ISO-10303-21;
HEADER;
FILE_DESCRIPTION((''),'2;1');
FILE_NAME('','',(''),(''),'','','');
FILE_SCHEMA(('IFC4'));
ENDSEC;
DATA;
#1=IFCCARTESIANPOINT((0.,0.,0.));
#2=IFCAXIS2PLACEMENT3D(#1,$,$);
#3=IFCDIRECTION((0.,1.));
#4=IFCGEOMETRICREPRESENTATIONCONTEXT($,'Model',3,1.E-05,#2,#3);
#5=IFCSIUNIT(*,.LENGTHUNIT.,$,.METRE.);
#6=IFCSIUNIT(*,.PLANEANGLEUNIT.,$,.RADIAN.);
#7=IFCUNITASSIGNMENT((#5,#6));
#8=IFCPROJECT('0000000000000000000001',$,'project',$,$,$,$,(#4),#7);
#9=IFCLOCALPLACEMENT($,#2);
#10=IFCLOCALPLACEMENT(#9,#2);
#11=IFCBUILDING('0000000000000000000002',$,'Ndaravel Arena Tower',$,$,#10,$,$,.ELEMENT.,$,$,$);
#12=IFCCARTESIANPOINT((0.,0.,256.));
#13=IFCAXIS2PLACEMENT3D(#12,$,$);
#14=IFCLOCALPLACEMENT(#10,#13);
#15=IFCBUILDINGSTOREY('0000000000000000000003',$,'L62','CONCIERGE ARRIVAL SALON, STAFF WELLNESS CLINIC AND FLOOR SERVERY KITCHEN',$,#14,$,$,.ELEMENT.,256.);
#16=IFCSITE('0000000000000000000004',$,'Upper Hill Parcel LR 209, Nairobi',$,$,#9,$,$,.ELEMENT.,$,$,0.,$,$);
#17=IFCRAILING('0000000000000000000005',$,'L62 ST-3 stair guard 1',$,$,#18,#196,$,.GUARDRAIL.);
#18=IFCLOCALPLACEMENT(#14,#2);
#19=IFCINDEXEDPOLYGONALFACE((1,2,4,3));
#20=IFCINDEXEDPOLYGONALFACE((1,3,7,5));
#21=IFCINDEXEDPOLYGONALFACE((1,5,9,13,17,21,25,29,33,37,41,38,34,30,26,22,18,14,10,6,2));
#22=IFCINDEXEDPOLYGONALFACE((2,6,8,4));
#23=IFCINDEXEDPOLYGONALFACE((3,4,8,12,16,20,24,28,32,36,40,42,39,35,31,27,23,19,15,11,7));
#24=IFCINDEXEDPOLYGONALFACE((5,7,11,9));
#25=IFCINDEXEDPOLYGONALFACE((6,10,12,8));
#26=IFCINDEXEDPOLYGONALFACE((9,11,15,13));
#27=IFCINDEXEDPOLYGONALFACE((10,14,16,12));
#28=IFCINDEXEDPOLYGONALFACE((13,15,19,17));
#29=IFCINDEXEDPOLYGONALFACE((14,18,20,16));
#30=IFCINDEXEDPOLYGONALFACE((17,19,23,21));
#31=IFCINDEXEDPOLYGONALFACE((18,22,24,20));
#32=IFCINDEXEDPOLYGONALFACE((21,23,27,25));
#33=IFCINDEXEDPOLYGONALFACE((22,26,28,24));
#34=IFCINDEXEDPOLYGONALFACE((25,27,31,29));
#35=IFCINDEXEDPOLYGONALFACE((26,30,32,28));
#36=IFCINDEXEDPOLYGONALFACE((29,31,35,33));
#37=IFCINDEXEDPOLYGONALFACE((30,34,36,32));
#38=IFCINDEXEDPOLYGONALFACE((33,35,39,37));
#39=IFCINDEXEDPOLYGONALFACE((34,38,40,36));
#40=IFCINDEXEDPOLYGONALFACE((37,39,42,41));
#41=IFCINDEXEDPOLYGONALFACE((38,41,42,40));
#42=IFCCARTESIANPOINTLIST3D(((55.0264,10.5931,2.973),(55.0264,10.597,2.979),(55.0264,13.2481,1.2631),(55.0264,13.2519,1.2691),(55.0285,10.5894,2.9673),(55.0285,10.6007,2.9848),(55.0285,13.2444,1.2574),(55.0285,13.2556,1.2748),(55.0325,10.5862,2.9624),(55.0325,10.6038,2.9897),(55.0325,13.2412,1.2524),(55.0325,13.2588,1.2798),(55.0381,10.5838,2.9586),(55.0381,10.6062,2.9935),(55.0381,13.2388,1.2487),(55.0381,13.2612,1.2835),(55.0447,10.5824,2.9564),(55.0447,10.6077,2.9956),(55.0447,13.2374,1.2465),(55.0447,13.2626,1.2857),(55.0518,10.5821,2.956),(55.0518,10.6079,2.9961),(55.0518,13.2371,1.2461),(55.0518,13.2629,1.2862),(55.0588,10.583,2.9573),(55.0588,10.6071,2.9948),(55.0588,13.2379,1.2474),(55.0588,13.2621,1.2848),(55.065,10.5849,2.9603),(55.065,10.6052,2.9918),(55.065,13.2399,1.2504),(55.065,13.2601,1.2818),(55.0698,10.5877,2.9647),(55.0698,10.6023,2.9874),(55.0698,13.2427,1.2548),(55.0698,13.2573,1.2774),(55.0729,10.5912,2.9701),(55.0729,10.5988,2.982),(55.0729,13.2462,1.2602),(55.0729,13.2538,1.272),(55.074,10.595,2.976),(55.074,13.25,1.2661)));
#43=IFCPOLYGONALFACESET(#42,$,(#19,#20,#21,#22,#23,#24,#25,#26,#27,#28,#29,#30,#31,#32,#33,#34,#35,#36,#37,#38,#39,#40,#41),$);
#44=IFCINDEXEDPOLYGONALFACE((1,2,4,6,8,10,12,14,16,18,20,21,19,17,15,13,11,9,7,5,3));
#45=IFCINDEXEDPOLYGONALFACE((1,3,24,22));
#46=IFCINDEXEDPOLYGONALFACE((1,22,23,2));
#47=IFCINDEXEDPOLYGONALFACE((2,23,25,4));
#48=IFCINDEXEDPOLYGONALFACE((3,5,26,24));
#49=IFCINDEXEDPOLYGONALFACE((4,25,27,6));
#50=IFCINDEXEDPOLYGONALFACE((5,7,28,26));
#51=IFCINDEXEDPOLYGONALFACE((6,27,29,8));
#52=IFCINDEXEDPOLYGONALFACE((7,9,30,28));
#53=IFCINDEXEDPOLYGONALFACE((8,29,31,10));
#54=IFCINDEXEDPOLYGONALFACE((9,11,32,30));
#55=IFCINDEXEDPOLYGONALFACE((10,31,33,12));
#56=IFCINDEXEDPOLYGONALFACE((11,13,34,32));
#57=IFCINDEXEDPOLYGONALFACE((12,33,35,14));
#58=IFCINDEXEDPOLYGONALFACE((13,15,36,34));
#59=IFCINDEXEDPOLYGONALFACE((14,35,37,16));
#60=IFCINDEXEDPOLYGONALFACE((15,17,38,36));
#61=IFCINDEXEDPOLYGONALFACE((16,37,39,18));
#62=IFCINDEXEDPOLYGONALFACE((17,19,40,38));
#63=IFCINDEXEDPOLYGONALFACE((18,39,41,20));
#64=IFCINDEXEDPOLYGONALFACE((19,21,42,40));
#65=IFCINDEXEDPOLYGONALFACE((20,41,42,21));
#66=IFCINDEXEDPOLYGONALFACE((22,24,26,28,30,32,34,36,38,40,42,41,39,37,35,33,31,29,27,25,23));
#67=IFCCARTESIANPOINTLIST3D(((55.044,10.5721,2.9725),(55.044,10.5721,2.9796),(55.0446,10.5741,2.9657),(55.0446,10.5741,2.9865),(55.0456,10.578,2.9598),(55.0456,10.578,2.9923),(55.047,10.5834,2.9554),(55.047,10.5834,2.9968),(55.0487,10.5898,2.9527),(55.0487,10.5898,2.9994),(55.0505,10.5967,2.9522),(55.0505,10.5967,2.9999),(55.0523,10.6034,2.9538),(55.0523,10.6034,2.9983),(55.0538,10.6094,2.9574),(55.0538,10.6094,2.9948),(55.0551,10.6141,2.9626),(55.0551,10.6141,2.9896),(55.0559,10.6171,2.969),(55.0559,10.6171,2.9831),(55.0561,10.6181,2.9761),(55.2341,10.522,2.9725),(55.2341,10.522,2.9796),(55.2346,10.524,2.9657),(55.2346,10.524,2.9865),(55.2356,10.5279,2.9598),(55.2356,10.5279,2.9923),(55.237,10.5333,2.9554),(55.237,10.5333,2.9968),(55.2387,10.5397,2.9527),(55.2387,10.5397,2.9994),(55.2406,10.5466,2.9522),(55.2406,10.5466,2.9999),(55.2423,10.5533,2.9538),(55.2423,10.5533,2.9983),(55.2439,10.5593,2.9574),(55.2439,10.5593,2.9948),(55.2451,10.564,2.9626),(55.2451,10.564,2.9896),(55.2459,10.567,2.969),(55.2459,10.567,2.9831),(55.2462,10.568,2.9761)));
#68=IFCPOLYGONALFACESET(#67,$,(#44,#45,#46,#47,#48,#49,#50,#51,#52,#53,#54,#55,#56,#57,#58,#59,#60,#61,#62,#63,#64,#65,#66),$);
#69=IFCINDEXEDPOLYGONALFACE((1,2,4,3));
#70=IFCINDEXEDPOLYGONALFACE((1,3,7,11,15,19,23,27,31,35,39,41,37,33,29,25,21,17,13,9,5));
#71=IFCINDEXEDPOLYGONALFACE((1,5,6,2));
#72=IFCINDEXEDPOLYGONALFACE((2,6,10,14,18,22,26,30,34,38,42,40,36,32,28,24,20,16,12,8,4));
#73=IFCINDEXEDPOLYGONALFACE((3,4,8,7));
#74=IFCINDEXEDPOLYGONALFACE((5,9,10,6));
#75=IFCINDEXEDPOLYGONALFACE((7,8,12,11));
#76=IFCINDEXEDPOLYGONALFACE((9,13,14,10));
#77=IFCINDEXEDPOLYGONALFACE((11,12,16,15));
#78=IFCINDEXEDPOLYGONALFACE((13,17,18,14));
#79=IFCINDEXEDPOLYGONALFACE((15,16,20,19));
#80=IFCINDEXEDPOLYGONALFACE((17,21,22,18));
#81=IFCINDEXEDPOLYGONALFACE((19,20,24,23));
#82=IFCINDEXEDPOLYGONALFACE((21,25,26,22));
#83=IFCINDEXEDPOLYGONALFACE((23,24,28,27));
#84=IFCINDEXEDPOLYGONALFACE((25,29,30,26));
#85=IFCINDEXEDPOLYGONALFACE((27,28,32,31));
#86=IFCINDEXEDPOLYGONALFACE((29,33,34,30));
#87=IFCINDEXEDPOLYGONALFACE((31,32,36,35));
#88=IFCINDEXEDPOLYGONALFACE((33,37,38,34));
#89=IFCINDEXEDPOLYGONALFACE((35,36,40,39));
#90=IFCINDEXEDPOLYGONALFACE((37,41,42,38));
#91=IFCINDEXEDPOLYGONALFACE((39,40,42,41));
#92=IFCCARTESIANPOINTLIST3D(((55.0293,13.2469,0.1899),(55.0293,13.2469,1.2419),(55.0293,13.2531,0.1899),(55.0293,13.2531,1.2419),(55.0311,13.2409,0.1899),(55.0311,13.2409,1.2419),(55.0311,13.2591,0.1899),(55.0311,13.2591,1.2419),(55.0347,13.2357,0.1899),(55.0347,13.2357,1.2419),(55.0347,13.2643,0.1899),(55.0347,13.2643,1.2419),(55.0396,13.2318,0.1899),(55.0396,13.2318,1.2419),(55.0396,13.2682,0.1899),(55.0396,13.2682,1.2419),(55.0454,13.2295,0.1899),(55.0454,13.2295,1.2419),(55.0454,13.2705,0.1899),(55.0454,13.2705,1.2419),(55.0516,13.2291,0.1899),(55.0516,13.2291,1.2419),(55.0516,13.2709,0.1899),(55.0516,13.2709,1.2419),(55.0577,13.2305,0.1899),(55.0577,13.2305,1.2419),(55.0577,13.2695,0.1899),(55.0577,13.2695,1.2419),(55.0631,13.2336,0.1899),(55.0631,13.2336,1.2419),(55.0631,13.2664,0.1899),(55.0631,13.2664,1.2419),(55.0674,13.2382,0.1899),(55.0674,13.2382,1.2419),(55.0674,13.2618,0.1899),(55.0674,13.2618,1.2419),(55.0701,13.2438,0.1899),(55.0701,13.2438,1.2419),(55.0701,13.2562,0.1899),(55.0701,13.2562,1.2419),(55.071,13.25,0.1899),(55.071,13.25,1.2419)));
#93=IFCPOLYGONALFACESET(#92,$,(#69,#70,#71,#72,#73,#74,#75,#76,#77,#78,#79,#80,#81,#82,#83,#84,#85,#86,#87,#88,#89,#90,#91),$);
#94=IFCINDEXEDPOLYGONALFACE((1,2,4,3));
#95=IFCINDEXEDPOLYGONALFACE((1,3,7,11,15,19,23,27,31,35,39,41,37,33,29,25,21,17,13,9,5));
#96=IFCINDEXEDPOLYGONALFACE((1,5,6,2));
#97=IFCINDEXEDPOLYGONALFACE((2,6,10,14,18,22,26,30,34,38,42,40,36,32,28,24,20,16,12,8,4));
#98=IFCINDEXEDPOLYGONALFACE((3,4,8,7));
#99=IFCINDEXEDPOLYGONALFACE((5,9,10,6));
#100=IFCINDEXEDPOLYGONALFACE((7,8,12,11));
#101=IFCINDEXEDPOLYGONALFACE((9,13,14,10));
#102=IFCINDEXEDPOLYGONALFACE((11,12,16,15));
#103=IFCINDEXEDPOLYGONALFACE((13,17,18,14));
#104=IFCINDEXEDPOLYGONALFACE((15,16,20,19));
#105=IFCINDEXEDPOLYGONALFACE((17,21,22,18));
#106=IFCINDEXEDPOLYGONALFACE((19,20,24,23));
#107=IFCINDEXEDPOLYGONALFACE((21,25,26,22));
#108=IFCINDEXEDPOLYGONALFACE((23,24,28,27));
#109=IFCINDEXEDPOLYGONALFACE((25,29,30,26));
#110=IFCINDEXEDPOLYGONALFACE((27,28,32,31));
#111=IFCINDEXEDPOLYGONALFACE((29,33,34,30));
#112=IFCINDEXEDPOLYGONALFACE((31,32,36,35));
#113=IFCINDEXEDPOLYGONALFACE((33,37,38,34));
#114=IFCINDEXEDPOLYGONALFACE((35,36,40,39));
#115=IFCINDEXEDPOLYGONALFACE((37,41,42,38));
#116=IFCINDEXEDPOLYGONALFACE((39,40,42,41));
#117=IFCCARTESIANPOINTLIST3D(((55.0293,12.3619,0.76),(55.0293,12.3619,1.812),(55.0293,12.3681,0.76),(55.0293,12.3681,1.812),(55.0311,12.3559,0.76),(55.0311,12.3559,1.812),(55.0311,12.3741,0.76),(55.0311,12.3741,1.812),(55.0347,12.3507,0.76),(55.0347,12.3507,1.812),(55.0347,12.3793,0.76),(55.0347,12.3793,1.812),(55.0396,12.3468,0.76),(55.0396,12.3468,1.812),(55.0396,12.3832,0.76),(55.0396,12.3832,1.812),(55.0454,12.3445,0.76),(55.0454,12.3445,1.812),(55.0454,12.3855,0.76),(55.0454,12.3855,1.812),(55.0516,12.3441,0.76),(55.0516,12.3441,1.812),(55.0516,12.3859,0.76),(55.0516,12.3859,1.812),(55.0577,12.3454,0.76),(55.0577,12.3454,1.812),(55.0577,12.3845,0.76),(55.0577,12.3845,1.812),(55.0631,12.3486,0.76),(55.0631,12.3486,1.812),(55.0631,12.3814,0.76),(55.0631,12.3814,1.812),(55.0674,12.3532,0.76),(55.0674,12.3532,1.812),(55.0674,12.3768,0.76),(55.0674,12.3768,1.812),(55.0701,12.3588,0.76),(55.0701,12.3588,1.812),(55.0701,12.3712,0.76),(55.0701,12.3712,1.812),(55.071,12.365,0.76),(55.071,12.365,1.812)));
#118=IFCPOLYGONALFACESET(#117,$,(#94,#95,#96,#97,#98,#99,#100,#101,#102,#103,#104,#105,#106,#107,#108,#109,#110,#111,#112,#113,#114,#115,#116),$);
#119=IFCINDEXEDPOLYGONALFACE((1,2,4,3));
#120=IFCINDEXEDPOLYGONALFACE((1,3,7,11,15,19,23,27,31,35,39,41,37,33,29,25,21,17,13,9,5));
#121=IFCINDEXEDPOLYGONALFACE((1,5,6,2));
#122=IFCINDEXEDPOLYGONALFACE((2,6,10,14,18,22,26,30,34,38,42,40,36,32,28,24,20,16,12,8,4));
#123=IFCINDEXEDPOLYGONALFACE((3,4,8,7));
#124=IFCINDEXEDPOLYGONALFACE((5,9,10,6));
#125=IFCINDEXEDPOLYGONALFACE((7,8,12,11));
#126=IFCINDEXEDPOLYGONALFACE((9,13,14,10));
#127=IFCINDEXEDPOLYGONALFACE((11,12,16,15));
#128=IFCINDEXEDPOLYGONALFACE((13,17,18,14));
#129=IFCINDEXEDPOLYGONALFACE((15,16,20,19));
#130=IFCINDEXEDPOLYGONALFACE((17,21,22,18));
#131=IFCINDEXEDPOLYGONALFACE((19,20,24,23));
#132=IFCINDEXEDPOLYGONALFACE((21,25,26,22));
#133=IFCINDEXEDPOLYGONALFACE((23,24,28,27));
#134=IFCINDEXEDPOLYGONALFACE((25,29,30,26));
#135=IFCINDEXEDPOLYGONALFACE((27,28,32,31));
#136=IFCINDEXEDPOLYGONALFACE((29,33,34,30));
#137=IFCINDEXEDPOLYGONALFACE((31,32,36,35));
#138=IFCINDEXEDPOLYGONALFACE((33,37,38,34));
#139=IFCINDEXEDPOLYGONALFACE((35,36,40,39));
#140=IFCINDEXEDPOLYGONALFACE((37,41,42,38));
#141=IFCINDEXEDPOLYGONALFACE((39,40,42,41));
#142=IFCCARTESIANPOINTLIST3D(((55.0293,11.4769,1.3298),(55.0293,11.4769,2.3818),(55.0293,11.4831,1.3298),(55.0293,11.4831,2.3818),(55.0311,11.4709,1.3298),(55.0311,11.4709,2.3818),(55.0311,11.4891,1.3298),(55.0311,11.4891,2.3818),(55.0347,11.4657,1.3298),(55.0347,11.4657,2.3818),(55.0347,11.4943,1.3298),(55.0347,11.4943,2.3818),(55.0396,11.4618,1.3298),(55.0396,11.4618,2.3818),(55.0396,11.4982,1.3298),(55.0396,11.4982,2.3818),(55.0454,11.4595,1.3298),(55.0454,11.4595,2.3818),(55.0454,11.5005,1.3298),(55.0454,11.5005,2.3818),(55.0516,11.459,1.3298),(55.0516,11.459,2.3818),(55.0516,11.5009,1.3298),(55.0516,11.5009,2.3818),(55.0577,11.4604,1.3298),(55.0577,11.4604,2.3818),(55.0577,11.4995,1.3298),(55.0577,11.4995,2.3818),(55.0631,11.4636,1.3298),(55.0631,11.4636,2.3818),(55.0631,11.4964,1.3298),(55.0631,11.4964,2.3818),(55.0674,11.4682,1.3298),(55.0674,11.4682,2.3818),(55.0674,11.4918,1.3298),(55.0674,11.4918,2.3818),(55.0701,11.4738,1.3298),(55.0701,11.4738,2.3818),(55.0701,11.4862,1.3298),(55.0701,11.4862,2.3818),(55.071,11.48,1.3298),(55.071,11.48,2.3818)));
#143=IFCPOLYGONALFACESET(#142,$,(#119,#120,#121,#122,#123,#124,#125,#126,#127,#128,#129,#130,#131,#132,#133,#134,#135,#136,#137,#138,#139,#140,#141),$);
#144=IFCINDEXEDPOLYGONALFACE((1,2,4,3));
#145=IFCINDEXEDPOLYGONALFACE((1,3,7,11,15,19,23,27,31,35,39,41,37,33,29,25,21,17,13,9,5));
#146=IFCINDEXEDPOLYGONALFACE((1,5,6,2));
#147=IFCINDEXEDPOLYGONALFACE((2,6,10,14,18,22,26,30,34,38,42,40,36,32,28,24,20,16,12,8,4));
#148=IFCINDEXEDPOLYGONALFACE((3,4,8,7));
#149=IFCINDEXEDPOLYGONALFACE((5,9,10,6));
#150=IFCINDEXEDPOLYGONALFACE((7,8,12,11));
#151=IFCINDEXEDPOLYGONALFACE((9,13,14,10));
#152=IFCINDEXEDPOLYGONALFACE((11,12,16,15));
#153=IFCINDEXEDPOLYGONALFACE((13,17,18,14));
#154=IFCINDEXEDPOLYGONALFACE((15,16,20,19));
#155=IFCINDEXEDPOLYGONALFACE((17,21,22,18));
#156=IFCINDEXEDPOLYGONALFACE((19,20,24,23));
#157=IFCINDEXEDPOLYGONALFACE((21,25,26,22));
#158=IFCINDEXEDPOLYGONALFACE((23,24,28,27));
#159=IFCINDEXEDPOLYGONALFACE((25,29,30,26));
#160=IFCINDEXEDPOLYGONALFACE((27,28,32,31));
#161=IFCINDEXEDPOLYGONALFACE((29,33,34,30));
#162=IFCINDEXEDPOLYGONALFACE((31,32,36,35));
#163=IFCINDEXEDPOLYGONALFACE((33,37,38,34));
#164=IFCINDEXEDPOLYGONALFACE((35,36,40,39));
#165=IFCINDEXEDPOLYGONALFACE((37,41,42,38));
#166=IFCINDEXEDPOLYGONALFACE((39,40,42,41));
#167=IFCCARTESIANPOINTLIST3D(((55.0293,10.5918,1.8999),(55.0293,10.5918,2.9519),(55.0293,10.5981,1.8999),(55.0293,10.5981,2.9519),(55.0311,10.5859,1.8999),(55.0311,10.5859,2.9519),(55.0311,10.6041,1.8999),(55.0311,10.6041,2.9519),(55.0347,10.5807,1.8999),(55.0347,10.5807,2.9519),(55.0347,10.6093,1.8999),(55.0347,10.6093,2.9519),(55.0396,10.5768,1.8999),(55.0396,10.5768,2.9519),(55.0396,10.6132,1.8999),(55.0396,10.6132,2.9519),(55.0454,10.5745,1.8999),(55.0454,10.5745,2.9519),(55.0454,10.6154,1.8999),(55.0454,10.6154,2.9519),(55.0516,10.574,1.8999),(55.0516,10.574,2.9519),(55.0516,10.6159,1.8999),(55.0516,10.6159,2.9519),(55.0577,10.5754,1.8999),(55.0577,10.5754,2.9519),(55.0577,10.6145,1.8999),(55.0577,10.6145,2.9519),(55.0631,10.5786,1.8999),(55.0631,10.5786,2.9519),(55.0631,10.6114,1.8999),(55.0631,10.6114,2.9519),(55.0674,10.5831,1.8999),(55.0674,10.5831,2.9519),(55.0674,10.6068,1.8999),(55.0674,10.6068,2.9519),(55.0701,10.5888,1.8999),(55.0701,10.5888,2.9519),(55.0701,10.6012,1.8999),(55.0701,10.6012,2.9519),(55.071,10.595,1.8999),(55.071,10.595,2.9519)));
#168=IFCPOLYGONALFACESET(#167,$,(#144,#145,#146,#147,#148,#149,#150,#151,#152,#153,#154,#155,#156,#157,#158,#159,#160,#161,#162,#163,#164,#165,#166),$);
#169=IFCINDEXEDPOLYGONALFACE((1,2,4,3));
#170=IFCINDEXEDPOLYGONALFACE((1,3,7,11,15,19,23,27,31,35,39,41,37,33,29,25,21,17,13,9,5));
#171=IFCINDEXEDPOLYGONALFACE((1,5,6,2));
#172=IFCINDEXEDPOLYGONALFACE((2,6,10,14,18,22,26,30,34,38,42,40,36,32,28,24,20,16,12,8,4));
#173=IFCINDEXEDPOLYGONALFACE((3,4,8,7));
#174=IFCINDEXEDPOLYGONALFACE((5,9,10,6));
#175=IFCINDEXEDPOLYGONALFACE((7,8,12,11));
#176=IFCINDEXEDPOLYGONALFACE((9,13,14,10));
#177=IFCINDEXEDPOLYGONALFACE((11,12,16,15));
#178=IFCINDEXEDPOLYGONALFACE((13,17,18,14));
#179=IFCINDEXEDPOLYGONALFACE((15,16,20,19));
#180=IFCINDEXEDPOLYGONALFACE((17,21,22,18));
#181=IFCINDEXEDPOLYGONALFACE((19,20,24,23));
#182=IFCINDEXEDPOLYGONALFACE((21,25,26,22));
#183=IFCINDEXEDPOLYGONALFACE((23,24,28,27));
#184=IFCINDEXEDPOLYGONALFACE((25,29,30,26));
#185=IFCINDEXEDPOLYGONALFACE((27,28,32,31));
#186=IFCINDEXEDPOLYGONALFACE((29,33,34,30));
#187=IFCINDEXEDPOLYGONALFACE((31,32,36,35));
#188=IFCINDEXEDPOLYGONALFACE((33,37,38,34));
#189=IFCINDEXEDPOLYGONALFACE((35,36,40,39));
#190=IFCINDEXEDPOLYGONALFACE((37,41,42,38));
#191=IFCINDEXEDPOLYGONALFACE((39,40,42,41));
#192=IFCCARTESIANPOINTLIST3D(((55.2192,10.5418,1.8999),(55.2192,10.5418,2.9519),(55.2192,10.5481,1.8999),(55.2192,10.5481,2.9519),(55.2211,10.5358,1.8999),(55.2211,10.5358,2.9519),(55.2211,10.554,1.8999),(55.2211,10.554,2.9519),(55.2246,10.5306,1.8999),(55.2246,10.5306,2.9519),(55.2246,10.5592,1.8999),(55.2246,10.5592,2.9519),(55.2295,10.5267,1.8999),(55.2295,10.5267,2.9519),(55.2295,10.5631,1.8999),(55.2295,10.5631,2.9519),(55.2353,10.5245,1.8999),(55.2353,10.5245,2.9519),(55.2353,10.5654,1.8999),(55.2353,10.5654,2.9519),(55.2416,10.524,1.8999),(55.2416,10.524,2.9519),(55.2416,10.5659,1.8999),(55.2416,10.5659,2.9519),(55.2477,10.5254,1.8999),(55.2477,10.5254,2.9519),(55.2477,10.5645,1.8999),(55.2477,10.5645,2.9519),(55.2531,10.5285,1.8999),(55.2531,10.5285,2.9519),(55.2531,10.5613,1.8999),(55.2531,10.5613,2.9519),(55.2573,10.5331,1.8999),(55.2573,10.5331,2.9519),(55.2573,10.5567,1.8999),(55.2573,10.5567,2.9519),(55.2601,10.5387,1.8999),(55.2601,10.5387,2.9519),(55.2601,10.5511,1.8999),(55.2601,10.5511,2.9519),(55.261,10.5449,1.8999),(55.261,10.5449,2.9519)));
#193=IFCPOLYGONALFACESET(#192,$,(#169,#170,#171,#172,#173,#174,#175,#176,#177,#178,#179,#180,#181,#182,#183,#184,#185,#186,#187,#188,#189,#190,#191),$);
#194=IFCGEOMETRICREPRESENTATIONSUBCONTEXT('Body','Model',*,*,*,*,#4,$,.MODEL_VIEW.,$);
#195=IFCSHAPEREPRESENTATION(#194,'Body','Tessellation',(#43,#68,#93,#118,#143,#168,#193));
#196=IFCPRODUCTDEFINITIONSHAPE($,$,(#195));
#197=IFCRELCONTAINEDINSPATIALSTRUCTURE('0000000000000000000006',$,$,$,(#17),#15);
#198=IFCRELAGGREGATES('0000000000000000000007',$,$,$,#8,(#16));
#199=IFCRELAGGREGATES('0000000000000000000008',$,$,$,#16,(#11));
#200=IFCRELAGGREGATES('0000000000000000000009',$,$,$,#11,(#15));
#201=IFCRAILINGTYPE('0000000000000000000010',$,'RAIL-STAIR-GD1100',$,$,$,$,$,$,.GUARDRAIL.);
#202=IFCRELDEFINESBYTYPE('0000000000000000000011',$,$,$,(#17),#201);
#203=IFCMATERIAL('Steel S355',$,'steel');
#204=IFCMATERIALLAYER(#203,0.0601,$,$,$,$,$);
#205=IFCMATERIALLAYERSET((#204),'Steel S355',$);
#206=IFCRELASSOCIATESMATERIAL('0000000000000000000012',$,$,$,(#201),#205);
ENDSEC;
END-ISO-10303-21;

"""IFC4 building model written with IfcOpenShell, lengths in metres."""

from ifc_helpers import new_model, si_unit, direction, frame, origin, origin_2d, place, context, subcontext, project, spatial, circle, extrude, material, layer, layer_set, type_object, element, save


model = new_model("IFC4")

# Units and contexts
model_context = context("Model", 3, precision=1e-05, world=origin(), true_north=direction((0.0, 1.0)))
body_context = subcontext(model_context, "Body", "Model", "MODEL_VIEW")
ifc_project = project(units=[si_unit("LENGTHUNIT", "METRE"), si_unit("PLANEANGLEUNIT", "RADIAN")], contexts=[model_context])

# Site, building, storey
site_placement = place(None, origin())
site = spatial("IfcSite", under=ifc_project, at=site_placement, Name="Upper Hill Parcel LR 209, Nairobi", CompositionType="ELEMENT", RefElevation=0.0)
building_placement = place(site_placement, origin())
building = spatial("IfcBuilding", under=site, at=building_placement, Name="Ndaravel Arena Tower", CompositionType="ELEMENT")
storey_placement = place(building_placement, frame((0.0, 0.0, 256.0)))
storey = spatial("IfcBuildingStorey", under=building, at=storey_placement, Name="L62", Description="CONCIERGE ARRIVAL SALON, STAFF WELLNESS CLINIC AND FLOOR SERVERY KITCHEN", CompositionType="ELEMENT", Elevation=256.0)

# Railing
ifc_material_1 = material(Name="Steel S355", Category="steel")
ifc_layer_1 = layer(ifc_material_1, 0.0601)
ifc_layer_set_1 = layer_set([ifc_layer_1], Name="Steel S355")
railing_type_1 = type_object("IfcRailingType", Name="RAIL-STAIR-GD1100", PredefinedType="GUARDRAIL", material=ifc_layer_set_1)
railing_1_placement = place(storey_placement, frame((55.05, 13.25, 0.1899)))
element("IfcRailing", 1, at=railing_1_placement, inside=storey, type_object=railing_type_1, Name="L62 ST-3 stair guard 1", PredefinedType="GUARDRAIL", context=body_context, shape_type="SweptSolid", body=[
    extrude(circle(Radius=0.0239, at=origin_2d()), frame((0.0, 0.0, 1.0762), z_axis=(0.0, -0.840724, 0.541465), x_axis=(1.0, 0.0, 0.0)), (0.0, 0.0, 1.0), 3.158),
    extrude(circle(Radius=0.0239, at=origin_2d()), frame((0.0, -2.655, 2.7861), z_axis=(0.966994, -0.254799, 0.0), x_axis=(0.254799, 0.966994, 0.0)), (0.0, 0.0, 1.0), 0.1965),
    extrude(circle(Radius=0.021, at=origin_2d()), origin(), (0.0, 0.0, 1.0), 1.052),
    extrude(circle(Radius=0.021, at=origin_2d()), frame((0.0, -0.885, 0.5701)), (0.0, 0.0, 1.0), 1.052),
    extrude(circle(Radius=0.021, at=origin_2d()), frame((0.0, -1.77, 1.1399)), (0.0, 0.0, 1.0), 1.052),
    extrude(circle(Radius=0.021, at=origin_2d()), frame((0.0, -2.655, 1.71)), (0.0, 0.0, 1.0), 1.052),
    extrude(circle(Radius=0.021, at=origin_2d()), frame((0.1899, -2.7051, 1.71)), (0.0, 0.0, 1.0), 1.052),
])

save(model, "model.ifc")
